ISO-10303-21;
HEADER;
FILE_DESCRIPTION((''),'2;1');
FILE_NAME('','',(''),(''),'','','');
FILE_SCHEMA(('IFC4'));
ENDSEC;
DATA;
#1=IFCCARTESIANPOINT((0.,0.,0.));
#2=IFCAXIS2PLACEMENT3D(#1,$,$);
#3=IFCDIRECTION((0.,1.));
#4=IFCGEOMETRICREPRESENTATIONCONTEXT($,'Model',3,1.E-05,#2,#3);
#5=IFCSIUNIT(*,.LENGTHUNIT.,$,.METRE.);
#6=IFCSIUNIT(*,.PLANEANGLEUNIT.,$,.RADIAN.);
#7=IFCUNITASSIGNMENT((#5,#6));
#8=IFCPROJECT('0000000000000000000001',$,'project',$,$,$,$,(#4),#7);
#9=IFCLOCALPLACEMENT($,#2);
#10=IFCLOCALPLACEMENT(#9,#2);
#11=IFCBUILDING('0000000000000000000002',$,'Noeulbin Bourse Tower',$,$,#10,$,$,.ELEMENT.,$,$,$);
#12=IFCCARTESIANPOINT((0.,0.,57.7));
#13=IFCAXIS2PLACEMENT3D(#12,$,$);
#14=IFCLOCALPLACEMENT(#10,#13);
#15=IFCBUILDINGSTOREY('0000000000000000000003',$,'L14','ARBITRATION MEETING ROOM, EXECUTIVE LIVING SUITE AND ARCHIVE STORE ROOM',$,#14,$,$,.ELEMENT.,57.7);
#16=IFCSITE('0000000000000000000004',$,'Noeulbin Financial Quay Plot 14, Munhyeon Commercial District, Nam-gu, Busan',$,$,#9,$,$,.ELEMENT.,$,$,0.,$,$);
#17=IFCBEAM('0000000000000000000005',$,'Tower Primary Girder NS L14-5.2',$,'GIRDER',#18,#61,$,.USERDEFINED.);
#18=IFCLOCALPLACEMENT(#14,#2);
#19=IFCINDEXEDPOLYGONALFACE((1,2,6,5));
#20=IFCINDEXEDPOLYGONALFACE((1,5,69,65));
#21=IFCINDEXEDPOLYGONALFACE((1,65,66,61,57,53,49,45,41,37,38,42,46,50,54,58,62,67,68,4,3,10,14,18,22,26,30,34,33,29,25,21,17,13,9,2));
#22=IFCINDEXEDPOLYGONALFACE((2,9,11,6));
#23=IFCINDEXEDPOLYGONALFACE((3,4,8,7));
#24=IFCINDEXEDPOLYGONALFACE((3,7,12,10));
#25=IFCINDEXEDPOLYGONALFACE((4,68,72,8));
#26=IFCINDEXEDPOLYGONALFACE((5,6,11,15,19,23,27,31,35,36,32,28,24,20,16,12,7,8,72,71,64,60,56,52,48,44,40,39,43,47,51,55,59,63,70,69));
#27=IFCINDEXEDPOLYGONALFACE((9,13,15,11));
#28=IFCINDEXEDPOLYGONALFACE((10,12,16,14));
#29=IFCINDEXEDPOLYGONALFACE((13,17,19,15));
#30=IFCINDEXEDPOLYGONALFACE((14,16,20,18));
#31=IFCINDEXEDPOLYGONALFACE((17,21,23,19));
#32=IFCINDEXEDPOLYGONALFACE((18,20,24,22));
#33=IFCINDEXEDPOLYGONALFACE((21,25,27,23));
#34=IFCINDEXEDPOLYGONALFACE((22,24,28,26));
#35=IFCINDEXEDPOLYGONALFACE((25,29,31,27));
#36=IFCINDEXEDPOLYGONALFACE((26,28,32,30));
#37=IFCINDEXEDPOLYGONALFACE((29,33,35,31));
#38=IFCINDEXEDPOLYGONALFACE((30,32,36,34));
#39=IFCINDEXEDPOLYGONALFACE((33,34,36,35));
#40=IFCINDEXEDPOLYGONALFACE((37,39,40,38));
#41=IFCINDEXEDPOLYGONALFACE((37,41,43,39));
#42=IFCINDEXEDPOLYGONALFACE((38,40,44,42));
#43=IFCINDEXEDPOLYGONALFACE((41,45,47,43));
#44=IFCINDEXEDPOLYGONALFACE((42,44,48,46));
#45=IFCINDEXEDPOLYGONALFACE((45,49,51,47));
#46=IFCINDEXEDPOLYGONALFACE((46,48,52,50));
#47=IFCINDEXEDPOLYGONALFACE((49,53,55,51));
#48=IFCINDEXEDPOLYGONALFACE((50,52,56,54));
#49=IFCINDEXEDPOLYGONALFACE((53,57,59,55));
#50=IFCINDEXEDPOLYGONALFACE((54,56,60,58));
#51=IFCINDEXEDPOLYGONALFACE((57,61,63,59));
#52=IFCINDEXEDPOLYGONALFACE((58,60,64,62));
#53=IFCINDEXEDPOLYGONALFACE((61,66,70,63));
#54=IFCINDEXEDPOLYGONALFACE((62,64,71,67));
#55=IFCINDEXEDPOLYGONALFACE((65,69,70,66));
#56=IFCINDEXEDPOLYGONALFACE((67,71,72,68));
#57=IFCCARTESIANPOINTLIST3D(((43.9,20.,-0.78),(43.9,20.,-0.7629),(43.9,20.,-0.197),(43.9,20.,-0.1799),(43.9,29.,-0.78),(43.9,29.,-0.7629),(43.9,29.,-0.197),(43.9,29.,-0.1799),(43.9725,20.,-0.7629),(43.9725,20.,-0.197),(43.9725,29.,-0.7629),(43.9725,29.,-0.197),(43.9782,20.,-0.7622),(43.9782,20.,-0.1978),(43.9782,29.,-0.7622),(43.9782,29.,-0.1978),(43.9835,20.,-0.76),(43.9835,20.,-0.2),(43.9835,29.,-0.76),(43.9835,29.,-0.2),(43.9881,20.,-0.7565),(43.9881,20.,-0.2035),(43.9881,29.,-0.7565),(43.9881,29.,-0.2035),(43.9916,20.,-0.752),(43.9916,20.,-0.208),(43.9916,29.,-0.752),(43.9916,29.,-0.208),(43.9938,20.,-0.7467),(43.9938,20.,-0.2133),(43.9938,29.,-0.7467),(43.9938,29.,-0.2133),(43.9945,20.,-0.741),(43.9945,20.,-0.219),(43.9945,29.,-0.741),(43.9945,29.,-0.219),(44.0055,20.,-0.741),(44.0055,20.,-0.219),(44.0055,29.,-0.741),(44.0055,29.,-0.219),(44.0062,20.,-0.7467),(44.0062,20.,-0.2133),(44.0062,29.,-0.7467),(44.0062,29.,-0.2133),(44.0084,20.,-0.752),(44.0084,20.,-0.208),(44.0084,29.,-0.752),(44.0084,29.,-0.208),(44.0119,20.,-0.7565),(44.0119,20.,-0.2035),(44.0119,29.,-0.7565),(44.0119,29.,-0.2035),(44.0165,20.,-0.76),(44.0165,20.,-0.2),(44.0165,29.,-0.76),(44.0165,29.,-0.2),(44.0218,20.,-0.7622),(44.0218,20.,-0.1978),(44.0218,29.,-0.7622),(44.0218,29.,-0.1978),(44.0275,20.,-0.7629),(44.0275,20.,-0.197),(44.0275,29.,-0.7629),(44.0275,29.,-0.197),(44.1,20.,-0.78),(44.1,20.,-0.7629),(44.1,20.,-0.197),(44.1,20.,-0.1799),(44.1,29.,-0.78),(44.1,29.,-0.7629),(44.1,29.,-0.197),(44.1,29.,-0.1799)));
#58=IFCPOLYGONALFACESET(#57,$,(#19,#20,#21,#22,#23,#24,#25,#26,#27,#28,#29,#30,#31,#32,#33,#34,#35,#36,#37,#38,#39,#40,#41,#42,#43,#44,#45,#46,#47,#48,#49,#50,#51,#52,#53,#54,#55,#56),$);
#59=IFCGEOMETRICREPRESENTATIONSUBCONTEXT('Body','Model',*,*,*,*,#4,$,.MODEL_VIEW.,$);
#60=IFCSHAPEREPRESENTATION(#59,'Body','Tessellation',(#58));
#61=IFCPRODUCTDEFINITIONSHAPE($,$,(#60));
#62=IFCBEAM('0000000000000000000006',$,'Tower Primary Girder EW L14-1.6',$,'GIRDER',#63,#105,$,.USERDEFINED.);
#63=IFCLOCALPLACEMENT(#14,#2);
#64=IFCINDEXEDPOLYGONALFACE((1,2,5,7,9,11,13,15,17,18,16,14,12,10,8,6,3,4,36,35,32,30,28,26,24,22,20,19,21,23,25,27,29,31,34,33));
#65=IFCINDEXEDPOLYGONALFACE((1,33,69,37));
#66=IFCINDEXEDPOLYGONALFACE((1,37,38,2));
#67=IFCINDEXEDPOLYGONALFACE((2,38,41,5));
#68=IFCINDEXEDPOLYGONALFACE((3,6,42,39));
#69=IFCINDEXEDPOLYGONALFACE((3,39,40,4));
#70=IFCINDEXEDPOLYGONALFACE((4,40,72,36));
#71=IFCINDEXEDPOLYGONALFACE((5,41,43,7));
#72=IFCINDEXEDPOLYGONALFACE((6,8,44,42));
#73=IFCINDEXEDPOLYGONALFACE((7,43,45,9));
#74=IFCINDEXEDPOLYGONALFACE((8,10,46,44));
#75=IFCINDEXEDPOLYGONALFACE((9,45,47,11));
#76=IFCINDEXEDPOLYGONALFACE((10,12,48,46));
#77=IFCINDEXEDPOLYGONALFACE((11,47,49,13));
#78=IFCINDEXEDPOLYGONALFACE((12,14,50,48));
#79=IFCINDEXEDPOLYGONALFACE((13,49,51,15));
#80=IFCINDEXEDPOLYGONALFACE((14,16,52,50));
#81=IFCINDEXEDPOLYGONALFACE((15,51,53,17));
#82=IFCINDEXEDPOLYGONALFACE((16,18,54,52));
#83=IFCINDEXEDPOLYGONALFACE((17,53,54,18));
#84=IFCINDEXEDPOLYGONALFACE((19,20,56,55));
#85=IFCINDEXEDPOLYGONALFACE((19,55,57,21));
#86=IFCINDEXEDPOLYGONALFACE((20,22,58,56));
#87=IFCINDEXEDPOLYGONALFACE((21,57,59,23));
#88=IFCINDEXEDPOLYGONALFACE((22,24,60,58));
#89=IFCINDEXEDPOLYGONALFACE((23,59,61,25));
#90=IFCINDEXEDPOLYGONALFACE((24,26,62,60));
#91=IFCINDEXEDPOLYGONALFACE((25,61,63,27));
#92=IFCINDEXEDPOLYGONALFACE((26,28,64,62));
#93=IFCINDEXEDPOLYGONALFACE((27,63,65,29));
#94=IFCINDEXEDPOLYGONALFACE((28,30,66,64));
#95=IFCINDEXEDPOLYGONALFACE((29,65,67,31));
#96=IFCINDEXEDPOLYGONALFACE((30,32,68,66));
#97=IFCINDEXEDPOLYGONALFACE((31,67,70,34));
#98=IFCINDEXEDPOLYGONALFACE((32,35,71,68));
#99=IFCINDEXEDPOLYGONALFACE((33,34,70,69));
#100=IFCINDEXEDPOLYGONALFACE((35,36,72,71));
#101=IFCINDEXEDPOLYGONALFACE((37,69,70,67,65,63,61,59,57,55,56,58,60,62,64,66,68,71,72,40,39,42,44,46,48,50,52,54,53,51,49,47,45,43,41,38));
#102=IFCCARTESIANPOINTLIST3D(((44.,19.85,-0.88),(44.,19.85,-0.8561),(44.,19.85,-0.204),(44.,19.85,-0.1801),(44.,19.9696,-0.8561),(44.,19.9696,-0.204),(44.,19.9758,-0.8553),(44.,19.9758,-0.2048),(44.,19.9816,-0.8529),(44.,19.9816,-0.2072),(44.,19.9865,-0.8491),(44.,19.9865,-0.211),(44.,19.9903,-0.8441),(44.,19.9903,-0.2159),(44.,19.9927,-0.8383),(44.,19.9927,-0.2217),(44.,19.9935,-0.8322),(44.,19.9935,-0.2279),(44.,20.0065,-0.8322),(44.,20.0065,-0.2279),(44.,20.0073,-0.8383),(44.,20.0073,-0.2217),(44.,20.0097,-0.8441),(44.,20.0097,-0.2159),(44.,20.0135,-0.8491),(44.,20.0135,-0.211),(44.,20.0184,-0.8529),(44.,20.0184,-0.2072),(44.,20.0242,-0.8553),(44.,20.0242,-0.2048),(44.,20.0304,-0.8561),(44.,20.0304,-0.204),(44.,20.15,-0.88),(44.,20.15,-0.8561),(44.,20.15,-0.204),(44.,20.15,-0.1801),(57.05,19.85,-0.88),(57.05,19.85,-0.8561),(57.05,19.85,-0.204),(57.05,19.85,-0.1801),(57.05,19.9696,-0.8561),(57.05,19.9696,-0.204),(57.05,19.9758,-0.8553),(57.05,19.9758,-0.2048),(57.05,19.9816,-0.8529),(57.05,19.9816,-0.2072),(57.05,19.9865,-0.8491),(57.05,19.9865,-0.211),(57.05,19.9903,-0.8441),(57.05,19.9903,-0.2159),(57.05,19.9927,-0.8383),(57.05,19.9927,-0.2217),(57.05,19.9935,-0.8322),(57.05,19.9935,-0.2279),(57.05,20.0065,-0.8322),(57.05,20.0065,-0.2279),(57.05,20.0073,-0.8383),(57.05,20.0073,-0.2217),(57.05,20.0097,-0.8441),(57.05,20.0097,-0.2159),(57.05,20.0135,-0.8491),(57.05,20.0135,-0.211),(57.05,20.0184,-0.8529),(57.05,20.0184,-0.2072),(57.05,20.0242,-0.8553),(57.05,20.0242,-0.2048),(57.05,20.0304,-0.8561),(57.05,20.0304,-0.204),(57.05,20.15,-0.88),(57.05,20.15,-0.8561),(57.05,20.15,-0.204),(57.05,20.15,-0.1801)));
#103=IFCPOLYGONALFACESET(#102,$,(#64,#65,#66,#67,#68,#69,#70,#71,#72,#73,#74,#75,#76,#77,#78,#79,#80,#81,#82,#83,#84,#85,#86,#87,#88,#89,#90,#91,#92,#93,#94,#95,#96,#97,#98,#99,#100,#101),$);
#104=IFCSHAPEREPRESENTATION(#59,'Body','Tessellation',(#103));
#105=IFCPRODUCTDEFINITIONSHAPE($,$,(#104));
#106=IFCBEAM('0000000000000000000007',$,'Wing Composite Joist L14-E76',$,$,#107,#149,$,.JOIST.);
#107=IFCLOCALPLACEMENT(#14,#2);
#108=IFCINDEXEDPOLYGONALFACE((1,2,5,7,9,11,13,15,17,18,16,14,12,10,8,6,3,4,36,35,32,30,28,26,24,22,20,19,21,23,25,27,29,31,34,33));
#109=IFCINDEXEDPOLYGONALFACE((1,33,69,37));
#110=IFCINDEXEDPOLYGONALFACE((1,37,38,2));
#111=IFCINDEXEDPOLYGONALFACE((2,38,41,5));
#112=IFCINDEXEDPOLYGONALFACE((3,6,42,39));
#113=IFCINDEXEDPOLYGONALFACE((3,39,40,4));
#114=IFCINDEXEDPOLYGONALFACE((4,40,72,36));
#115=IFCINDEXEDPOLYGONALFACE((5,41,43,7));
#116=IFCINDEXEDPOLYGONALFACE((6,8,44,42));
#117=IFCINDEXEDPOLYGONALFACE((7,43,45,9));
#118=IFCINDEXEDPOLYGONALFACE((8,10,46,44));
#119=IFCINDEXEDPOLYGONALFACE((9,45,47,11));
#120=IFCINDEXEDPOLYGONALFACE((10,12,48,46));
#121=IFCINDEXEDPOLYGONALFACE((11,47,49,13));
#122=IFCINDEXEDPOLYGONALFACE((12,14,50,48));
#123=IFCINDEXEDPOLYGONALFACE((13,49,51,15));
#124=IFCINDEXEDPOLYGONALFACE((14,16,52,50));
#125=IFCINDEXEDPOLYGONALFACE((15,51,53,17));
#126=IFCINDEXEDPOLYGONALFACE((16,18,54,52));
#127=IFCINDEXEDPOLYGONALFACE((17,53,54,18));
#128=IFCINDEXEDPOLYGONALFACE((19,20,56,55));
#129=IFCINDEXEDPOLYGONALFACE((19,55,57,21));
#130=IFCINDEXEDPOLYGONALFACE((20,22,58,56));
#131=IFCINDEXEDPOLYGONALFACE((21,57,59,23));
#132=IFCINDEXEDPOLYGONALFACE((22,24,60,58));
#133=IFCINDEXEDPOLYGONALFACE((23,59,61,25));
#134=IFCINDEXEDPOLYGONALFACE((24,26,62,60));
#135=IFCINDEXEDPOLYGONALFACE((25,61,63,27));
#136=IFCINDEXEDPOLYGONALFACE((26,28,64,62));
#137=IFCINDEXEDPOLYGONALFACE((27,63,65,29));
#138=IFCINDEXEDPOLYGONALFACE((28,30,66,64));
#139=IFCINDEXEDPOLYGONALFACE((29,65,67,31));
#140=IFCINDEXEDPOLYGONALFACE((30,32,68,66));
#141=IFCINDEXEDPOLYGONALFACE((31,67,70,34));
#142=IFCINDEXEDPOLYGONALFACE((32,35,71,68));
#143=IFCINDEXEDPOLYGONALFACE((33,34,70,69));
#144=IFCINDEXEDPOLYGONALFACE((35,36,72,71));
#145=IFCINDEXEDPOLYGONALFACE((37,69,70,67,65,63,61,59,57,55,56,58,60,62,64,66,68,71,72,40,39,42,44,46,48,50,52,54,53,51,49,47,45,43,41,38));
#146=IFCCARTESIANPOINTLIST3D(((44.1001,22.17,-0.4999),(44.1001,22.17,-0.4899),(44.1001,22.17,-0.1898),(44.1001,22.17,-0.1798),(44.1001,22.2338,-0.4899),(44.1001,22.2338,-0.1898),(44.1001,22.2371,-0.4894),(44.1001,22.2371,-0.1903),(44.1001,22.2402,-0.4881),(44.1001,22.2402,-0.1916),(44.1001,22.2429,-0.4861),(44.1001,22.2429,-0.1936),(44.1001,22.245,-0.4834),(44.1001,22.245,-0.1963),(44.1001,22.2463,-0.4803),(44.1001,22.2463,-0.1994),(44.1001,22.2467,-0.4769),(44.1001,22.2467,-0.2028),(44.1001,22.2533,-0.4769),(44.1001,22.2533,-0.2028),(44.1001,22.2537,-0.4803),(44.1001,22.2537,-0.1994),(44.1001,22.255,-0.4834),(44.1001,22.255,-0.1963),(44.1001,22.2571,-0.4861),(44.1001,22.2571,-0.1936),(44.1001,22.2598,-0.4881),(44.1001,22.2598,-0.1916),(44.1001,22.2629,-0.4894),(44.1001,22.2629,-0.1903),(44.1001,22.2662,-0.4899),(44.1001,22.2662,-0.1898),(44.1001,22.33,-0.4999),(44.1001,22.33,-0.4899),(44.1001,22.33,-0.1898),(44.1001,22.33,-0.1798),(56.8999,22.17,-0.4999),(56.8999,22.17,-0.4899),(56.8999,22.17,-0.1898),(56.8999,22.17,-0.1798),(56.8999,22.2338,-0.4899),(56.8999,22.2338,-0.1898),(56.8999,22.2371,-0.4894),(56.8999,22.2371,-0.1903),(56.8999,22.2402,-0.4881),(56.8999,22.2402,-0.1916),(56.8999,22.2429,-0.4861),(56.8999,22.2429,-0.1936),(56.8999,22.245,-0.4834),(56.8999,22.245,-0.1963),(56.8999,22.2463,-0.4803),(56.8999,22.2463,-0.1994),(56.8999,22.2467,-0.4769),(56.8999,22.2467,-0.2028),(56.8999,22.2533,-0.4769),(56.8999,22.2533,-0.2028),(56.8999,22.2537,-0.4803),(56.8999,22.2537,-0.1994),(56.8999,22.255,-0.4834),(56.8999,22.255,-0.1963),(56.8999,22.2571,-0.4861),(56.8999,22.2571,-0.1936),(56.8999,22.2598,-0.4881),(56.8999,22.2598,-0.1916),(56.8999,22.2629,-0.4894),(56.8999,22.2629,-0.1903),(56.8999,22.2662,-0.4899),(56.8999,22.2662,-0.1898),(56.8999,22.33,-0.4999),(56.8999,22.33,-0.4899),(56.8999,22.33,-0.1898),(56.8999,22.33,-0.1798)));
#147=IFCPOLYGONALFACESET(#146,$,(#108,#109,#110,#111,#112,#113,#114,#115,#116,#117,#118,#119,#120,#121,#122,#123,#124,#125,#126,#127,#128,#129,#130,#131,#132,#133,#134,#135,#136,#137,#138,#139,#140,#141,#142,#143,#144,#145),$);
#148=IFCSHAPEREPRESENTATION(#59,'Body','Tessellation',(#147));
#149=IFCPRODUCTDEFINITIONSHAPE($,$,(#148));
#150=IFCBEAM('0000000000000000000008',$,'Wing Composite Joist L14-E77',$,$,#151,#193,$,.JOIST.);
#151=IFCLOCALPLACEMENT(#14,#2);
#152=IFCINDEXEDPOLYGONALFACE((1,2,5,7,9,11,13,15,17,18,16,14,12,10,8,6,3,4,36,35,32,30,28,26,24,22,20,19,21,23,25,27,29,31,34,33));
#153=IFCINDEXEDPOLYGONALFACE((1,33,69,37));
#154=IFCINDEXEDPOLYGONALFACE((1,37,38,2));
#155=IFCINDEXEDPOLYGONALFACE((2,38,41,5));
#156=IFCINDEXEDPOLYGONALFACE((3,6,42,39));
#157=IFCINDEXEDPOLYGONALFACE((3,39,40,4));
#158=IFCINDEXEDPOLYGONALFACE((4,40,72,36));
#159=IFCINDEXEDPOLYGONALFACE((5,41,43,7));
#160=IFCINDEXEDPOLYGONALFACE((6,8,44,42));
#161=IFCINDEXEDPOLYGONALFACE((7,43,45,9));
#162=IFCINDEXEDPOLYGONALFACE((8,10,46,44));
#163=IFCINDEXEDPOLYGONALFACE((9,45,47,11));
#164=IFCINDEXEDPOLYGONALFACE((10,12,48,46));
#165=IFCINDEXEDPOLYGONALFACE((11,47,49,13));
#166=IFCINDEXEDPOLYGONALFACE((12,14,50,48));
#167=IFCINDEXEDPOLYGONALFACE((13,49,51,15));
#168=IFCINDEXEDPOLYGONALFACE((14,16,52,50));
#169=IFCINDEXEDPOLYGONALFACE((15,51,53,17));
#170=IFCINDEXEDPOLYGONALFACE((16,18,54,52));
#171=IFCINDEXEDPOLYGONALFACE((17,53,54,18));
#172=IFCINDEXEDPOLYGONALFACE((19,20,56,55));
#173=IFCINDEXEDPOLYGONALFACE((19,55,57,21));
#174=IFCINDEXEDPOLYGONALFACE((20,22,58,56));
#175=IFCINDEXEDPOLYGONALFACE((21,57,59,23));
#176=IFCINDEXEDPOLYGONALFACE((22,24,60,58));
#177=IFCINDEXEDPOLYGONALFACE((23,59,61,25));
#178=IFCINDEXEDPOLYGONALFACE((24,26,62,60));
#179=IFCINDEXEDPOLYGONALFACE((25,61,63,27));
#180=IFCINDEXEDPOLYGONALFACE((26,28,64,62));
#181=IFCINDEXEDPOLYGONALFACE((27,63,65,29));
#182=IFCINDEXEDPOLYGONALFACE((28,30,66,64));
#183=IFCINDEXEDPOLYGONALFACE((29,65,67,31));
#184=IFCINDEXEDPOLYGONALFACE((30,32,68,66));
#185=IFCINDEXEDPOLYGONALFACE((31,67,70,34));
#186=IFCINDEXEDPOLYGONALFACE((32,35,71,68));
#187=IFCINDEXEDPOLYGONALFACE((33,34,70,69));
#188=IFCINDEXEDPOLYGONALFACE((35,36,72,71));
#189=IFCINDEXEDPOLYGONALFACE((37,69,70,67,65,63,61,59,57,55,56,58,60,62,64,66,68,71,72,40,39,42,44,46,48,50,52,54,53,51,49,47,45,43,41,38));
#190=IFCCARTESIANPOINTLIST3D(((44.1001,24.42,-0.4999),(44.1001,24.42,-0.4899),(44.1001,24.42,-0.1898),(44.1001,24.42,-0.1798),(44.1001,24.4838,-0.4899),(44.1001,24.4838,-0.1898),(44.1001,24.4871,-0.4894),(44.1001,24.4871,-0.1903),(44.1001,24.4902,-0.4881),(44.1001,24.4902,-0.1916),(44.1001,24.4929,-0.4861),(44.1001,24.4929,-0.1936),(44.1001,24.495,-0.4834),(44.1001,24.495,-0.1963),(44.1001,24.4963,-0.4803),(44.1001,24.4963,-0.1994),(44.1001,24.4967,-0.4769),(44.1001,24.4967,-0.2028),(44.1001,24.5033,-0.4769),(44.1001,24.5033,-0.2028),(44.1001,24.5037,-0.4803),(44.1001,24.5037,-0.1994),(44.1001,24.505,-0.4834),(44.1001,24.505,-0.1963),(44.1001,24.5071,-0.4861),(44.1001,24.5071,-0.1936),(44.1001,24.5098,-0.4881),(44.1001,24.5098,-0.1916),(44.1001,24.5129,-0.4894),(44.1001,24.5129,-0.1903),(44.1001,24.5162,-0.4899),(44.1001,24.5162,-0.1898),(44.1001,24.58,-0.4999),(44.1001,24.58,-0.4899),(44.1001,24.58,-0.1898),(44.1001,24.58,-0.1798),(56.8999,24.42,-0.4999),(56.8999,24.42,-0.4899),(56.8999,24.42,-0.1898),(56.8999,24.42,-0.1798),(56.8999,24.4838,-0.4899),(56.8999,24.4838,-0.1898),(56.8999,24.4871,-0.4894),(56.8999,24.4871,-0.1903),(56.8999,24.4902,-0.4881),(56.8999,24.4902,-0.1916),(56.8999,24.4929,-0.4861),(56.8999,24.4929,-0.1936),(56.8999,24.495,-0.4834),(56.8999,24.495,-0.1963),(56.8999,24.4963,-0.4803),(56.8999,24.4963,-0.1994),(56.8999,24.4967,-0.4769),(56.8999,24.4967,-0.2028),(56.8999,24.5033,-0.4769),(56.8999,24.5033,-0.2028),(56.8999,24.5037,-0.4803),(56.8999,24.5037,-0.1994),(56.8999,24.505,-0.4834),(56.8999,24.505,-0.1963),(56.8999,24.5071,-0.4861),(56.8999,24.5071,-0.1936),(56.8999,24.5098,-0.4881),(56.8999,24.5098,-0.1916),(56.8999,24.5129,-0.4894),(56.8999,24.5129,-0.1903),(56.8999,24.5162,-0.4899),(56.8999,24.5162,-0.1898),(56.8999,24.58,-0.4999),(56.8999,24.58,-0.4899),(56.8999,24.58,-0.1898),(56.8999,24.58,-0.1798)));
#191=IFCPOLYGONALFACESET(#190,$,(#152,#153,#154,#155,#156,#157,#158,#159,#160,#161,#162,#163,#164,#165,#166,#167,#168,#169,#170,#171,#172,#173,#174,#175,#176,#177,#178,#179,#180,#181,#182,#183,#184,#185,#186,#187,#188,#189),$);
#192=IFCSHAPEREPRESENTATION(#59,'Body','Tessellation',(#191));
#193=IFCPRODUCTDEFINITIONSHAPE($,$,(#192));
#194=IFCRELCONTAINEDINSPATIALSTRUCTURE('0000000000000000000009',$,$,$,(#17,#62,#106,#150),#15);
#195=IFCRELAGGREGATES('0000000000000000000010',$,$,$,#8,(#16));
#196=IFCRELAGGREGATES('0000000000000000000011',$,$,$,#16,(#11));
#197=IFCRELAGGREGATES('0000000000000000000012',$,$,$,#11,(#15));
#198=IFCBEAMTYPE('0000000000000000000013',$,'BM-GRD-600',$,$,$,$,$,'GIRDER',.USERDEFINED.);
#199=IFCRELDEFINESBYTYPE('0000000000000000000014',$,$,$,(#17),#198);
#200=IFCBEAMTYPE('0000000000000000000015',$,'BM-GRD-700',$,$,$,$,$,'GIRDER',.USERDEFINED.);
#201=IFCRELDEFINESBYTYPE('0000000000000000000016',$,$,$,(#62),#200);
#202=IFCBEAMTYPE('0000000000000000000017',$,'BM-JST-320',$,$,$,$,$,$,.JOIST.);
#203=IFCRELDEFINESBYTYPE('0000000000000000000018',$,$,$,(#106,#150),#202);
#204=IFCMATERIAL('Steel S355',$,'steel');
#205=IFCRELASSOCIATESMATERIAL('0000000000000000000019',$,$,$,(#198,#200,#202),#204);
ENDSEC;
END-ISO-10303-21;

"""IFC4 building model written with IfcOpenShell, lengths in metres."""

from ifc_helpers import new_model, si_unit, direction, frame, origin, origin_2d, place, context, subcontext, project, spatial, i_section, extrude, material, material_profile, profile_set, type_object, element, save


model = new_model("IFC4")

# Units and contexts
model_context = context("Model", 3, precision=1e-05, world=origin(), true_north=direction((0.0, 1.0)))
body_context = subcontext(model_context, "Body", "Model", "MODEL_VIEW")
ifc_project = project(units=[si_unit("LENGTHUNIT", "METRE"), si_unit("PLANEANGLEUNIT", "RADIAN")], contexts=[model_context])

# Site, building, storey
site_placement = place(None, origin())
site = spatial("IfcSite", under=ifc_project, at=site_placement, Name="Noeulbin Financial Quay Plot 14, Munhyeon Commercial District, Nam-gu, Busan", CompositionType="ELEMENT", RefElevation=0.0)
building_placement = place(site_placement, origin())
building = spatial("IfcBuilding", under=site, at=building_placement, Name="Noeulbin Bourse Tower", CompositionType="ELEMENT")
storey_placement = place(building_placement, frame((0.0, 0.0, 57.7)))
storey = spatial("IfcBuildingStorey", under=building, at=storey_placement, Name="L14", Description="ARBITRATION MEETING ROOM, EXECUTIVE LIVING SUITE AND ARCHIVE STORE ROOM", CompositionType="ELEMENT", Elevation=57.7)

# Beams
ifc_material_1 = material(Name="Steel S355", Category="steel")
ifc_material_profile_1 = material_profile(ifc_material_1, i_section(OverallWidth=0.2, OverallDepth=0.6001, WebThickness=0.011, FlangeThickness=0.0171, FilletRadius=0.022, at=origin_2d()), Name="H-600x200x11x17", Category="LoadBearing")
ifc_profile_set_1 = profile_set([ifc_material_profile_1], Name="Steel S355")
beam_type_1 = type_object("IfcBeamType", Name="BM-GRD-600", ElementType="GIRDER", PredefinedType="USERDEFINED", material=ifc_profile_set_1)
beam_1_placement = place(storey_placement, frame((44.0, 20.0, -0.48), z_axis=(0.0, 1.0, 0.0), x_axis=(-1.0, 0.0, 0.0)))
element("IfcBeam", 1, at=beam_1_placement, inside=storey, type_object=beam_type_1, Name="Tower Primary Girder NS L14-5.2", ObjectType="GIRDER", PredefinedType="USERDEFINED", context=body_context, shape_type="SweptSolid", body=[
    extrude(i_section(OverallWidth=0.2, OverallDepth=0.6001, WebThickness=0.011, FlangeThickness=0.0171, FilletRadius=0.022, at=origin_2d()), origin(), (0.0, 0.0, 1.0), 9.0),
])
ifc_material_profile_2 = material_profile(ifc_material_1, i_section(OverallWidth=0.3, OverallDepth=0.7, WebThickness=0.0129, FlangeThickness=0.0239, FilletRadius=0.0239, at=origin_2d()), Name="H-700x300x13x24", Category="LoadBearing")
ifc_profile_set_2 = profile_set([ifc_material_profile_2], Name="Steel S355")
beam_type_2 = type_object("IfcBeamType", Name="BM-GRD-700", ElementType="GIRDER", PredefinedType="USERDEFINED", material=ifc_profile_set_2)
beam_2_placement = place(storey_placement, frame((44.0, 20.0, -0.53), z_axis=(1.0, 0.0, 0.0), x_axis=(0.0, 1.0, 0.0)))
element("IfcBeam", 2, at=beam_2_placement, inside=storey, type_object=beam_type_2, Name="Tower Primary Girder EW L14-1.6", ObjectType="GIRDER", PredefinedType="USERDEFINED", context=body_context, shape_type="SweptSolid", body=[
    extrude(i_section(OverallWidth=0.3, OverallDepth=0.7, WebThickness=0.0129, FlangeThickness=0.0239, FilletRadius=0.0239, at=origin_2d()), origin(), (0.0, 0.0, 1.0), 13.05),
])
ifc_material_profile_3 = material_profile(ifc_material_1, i_section(OverallWidth=0.1599, OverallDepth=0.3201, WebThickness=0.0066, FlangeThickness=0.01, FilletRadius=0.0129, at=origin_2d()), Name="H-320x160x6.5x10", Category="LoadBearing")
ifc_profile_set_3 = profile_set([ifc_material_profile_3], Name="Steel S355")
beam_type_3 = type_object("IfcBeamType", Name="BM-JST-320", PredefinedType="JOIST", material=ifc_profile_set_3)
for number, where, z_axis, x_axis, name in (
    (3, (44.1001, 22.25, -0.3398), (1.0, 0.0, 0.0), (0.0, 1.0, 0.0), "Wing Composite Joist L14-E76"),
    (4, (44.1001, 24.5, -0.3398), (1.0, 0.0, 0.0), (0.0, 1.0, 0.0), "Wing Composite Joist L14-E77"),
):
    element("IfcBeam", number, at=place(storey_placement, frame(where, z_axis=z_axis, x_axis=x_axis)), inside=storey, type_object=beam_type_3, Name=name, PredefinedType="JOIST", context=body_context, shape_type="SweptSolid", body=[
        extrude(i_section(OverallWidth=0.1599, OverallDepth=0.3201, WebThickness=0.0066, FlangeThickness=0.01, FilletRadius=0.0129, at=origin_2d()), origin(), (0.0, 0.0, 1.0), 12.7998),
    ])

save(model, "model.ifc")
